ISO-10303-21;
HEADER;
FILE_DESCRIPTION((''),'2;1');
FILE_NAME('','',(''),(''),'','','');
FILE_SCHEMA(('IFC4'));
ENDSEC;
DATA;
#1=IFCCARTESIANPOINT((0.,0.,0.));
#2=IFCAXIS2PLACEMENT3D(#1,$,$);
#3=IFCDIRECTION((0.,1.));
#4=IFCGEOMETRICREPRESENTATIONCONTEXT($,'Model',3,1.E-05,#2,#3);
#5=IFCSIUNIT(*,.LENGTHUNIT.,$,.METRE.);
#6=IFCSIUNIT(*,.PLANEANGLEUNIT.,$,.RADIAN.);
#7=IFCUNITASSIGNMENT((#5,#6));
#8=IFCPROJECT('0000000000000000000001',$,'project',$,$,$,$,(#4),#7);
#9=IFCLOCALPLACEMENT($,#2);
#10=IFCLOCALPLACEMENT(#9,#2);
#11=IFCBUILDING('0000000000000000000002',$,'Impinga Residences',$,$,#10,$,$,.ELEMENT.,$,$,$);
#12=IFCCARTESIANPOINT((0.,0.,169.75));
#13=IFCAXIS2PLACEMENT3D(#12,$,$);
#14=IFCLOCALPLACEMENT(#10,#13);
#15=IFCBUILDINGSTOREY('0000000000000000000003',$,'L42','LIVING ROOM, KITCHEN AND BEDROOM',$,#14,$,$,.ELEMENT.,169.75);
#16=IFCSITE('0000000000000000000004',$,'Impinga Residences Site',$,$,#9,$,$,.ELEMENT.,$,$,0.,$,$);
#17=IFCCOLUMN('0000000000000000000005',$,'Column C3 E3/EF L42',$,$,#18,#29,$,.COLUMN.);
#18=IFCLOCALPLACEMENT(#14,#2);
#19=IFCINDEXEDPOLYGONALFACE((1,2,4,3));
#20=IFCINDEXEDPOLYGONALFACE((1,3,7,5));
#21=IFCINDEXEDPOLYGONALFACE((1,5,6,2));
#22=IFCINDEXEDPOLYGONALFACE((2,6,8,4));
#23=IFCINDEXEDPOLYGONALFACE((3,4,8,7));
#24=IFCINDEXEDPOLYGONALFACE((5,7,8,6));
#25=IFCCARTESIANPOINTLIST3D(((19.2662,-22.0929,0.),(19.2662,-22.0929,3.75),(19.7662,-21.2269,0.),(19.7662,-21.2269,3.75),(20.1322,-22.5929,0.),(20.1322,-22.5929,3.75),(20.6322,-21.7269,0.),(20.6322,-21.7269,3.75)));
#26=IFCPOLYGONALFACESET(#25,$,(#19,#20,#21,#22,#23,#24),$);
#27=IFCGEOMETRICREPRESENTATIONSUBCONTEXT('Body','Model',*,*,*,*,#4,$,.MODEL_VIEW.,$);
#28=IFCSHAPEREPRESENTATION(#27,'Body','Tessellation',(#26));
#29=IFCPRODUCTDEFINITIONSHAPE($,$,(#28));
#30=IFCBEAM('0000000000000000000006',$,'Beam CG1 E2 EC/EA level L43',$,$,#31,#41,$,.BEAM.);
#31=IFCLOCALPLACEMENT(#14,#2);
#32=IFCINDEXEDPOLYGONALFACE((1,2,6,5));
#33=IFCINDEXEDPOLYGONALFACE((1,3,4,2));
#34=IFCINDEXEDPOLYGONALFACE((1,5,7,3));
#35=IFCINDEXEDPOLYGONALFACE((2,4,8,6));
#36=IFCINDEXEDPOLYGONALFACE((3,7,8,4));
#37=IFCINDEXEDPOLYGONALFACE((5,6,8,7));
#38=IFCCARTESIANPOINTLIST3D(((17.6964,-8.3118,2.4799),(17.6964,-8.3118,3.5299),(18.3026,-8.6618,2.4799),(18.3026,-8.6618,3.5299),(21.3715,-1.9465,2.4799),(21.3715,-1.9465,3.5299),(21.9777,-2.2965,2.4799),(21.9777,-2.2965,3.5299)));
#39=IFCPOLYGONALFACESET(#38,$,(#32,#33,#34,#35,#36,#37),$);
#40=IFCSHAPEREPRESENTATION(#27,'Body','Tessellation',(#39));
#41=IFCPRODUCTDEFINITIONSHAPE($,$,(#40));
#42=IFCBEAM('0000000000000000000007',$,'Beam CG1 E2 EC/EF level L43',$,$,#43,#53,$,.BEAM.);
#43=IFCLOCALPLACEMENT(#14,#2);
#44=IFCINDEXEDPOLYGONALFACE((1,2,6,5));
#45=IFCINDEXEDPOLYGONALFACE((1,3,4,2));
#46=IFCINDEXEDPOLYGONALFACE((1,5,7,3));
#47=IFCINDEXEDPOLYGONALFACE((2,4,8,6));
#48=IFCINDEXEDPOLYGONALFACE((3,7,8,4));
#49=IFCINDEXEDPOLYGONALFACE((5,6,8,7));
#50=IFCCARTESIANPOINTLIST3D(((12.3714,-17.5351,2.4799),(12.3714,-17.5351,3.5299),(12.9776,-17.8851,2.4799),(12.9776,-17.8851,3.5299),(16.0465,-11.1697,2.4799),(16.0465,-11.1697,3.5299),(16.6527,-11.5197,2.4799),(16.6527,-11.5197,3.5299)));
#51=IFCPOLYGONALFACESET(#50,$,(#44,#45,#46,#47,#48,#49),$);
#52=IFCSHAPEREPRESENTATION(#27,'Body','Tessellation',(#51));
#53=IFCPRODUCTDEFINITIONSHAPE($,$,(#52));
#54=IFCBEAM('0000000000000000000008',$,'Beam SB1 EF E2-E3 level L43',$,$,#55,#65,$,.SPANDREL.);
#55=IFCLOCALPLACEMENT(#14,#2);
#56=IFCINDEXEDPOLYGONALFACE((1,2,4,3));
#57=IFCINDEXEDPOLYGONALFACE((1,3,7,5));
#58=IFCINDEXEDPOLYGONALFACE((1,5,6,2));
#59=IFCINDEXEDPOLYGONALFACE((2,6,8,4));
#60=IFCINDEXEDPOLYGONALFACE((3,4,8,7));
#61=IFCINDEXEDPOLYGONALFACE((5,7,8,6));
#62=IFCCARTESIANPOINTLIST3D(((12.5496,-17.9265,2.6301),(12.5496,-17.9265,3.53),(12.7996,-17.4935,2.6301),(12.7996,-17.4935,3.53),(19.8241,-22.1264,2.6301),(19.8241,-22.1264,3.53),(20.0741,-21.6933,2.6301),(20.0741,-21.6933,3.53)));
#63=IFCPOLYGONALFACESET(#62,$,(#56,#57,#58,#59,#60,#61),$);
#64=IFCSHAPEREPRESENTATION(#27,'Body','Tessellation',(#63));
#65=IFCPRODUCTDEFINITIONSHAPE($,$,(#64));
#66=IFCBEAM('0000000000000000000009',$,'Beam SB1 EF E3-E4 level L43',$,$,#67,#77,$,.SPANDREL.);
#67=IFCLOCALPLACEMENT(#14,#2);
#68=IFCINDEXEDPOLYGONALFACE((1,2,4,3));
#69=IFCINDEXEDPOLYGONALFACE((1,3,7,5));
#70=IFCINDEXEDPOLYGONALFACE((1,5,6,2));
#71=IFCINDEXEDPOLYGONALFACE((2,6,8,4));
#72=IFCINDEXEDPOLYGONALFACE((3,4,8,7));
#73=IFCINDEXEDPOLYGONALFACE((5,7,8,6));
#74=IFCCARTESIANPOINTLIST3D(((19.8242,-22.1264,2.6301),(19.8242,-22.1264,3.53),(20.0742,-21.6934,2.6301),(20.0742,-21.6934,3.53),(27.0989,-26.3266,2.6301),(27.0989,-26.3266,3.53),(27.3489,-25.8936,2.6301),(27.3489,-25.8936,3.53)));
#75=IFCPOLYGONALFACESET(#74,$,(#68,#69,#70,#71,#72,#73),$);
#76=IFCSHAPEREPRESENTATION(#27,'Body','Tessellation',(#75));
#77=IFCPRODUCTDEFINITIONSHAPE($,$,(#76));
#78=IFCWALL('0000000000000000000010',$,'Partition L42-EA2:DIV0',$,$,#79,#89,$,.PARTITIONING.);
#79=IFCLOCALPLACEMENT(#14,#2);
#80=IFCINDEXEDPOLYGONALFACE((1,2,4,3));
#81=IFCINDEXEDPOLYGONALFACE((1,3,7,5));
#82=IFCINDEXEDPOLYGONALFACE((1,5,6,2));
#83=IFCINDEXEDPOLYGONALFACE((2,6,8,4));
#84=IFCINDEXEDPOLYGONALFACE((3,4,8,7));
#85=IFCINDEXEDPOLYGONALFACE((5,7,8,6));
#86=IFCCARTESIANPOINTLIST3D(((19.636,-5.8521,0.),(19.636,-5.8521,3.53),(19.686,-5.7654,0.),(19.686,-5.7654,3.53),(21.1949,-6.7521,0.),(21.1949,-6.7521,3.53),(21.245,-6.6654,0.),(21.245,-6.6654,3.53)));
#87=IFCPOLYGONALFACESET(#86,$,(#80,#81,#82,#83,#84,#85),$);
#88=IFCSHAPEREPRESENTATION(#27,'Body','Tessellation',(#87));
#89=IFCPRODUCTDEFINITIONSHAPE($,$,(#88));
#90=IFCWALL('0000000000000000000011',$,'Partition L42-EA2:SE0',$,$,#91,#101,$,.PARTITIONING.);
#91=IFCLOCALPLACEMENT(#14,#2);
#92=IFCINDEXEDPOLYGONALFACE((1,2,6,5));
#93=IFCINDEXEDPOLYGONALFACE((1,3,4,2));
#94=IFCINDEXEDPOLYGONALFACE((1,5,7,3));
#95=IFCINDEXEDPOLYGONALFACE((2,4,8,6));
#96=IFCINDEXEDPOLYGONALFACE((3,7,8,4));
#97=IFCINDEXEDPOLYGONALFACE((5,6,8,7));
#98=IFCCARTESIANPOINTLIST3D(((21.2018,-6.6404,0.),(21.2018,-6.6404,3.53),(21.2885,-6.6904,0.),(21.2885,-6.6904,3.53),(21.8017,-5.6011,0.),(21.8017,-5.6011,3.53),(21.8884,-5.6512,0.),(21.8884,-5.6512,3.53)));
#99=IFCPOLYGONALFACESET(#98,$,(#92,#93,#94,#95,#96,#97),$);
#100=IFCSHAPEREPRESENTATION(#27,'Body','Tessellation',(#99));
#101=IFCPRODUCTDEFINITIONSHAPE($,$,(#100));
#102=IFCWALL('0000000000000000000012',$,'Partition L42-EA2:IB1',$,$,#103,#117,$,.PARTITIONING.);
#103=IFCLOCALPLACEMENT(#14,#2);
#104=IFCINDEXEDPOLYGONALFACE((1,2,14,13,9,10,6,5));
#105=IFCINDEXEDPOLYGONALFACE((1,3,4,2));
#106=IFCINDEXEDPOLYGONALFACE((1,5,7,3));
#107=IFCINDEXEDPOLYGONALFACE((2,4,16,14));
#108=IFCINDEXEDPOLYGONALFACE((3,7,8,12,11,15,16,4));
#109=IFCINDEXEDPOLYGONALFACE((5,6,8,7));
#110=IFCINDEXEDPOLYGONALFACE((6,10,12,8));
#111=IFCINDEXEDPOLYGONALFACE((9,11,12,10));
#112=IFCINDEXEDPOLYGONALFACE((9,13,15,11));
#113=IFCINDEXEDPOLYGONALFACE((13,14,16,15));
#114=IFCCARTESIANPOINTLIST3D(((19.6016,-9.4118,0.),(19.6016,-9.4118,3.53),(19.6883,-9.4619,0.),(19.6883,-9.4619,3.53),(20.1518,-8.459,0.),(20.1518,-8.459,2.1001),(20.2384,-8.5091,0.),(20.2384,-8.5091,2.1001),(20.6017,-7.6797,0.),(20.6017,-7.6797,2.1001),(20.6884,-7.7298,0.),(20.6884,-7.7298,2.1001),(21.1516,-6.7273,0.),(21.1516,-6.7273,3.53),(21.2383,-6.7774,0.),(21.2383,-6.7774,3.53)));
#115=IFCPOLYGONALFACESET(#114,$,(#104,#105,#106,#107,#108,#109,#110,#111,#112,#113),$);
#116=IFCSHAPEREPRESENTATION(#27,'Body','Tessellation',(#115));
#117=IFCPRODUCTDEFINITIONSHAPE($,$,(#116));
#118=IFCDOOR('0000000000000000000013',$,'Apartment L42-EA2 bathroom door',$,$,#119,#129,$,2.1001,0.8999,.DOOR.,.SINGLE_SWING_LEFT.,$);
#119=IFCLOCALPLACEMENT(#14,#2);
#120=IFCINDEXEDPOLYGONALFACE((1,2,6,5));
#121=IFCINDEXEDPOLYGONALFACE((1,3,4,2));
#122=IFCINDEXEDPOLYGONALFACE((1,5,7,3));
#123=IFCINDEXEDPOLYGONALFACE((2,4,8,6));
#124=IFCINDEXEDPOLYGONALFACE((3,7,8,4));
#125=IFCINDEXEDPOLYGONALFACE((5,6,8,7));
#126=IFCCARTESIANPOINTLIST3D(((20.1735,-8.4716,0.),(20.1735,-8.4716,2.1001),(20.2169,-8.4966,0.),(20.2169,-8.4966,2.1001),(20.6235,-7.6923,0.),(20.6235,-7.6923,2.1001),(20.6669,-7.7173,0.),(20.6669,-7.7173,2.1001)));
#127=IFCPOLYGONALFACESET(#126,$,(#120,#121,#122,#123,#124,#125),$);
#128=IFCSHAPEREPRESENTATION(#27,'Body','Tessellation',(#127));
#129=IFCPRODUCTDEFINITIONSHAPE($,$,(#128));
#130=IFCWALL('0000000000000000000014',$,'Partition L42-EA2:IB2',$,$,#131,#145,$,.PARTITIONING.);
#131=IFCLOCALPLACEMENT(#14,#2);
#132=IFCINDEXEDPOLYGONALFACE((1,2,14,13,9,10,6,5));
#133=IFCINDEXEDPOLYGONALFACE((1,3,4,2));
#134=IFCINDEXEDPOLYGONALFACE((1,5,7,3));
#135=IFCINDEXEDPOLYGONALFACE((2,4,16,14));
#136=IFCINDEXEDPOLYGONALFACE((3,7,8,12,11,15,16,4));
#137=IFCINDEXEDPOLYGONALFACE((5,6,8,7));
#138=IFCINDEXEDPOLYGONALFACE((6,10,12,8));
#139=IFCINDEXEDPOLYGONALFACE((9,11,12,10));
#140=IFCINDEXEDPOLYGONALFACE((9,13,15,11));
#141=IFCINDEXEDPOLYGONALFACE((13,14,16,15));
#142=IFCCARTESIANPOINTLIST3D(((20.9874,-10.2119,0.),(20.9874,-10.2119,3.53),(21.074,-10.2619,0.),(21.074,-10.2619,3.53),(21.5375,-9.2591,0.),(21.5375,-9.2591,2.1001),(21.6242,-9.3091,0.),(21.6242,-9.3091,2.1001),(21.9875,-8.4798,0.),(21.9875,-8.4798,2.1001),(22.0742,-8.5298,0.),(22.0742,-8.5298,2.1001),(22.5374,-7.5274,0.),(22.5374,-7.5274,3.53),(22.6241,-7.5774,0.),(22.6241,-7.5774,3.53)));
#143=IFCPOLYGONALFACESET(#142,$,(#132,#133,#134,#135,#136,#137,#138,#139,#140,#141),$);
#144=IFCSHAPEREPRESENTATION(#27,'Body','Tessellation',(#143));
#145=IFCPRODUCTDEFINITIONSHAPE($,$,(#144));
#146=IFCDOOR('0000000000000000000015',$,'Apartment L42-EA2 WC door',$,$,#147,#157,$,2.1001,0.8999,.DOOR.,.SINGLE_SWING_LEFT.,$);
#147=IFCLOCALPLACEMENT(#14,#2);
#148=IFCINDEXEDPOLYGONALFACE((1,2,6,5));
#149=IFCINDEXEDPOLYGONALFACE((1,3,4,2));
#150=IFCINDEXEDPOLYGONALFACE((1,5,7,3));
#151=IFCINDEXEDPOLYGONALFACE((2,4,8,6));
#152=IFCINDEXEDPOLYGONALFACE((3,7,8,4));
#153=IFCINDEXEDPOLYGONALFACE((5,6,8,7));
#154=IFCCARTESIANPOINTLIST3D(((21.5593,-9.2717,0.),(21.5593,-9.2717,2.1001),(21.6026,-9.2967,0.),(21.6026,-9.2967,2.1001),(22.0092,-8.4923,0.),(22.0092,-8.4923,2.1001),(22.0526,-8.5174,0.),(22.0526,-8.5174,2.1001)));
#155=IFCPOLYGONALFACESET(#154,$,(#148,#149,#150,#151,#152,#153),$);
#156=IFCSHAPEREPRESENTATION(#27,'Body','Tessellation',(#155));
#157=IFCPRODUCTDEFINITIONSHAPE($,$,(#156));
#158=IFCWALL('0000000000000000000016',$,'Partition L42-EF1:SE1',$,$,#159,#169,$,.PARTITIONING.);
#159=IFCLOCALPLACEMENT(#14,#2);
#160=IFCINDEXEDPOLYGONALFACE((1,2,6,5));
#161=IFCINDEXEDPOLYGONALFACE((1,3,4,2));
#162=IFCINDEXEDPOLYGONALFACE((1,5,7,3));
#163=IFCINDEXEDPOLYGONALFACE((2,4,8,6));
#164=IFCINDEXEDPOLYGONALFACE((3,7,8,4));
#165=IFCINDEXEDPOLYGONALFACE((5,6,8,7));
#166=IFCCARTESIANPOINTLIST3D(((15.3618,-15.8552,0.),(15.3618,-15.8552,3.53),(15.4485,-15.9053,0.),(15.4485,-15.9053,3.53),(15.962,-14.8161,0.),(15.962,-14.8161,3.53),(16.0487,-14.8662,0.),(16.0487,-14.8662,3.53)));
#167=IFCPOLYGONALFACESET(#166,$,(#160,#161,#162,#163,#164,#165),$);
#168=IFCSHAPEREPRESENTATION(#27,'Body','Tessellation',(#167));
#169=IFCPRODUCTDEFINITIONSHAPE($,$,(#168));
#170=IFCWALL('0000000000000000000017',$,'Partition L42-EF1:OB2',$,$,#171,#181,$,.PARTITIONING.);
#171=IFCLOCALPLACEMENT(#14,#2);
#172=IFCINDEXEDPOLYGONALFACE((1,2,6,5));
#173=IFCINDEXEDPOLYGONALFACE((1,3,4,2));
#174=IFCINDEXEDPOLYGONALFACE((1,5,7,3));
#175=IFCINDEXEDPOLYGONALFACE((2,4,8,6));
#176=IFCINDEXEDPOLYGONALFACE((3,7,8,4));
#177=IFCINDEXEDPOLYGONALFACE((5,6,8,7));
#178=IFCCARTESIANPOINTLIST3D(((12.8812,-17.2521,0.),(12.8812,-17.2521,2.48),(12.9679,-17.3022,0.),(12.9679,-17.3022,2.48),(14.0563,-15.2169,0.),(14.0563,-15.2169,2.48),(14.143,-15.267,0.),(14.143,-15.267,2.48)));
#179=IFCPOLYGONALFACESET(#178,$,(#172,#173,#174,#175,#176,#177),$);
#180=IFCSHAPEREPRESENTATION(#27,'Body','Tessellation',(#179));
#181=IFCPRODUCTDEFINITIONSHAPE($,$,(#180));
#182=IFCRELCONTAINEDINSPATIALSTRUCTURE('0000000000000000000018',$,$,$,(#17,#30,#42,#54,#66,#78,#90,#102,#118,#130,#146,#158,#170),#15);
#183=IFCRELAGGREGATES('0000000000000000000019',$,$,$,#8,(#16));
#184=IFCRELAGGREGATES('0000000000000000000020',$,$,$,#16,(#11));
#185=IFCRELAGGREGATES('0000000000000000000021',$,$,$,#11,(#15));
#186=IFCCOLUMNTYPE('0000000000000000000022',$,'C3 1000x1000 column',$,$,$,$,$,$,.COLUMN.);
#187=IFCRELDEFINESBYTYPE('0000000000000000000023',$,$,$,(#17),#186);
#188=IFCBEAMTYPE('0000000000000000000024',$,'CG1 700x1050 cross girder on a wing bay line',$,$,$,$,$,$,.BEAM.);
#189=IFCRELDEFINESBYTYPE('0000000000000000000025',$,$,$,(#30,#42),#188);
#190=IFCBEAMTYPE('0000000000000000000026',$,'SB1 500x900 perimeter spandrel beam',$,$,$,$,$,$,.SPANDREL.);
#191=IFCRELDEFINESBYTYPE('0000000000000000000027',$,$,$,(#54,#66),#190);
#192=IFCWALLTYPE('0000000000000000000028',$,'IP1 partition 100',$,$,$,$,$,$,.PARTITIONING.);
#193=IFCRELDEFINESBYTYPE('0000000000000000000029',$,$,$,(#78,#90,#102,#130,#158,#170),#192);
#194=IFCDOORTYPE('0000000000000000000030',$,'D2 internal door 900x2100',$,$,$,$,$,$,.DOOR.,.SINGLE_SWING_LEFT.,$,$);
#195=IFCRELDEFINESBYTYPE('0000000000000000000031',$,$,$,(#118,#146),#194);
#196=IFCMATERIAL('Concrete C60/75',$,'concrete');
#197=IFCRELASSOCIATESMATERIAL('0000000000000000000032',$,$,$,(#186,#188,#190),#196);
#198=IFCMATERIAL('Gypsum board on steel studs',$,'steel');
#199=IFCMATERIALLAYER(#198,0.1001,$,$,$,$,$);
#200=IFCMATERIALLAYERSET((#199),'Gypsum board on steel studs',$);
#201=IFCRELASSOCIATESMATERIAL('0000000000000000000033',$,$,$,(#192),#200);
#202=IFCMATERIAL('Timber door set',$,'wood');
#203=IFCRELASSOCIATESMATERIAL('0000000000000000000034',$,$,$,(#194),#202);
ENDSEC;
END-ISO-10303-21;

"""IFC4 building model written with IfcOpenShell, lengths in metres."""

from ifc_helpers import new_model, si_unit, direction, frame, frame_2d, origin, origin_2d, place, context, subcontext, project, spatial, rectangle, extrude, material, layer, layer_set, material_profile, profile_set, type_object, element, fill, save


model = new_model("IFC4")

# Units and contexts
model_context = context("Model", 3, precision=1e-05, world=origin(), true_north=direction((0.0, 1.0)))
body_context = subcontext(model_context, "Body", "Model", "MODEL_VIEW")
ifc_project = project(units=[si_unit("LENGTHUNIT", "METRE"), si_unit("PLANEANGLEUNIT", "RADIAN")], contexts=[model_context])

# Site, building, storey
site_placement = place(None, origin())
site = spatial("IfcSite", under=ifc_project, at=site_placement, Name="Impinga Residences Site", CompositionType="ELEMENT", RefElevation=0.0)
building_placement = place(site_placement, origin())
building = spatial("IfcBuilding", under=site, at=building_placement, Name="Impinga Residences", CompositionType="ELEMENT")
storey_placement = place(building_placement, frame((0.0, 0.0, 169.75)))
storey = spatial("IfcBuildingStorey", under=building, at=storey_placement, Name="L42", Description="LIVING ROOM, KITCHEN AND BEDROOM", CompositionType="ELEMENT", Elevation=169.75)

# Column
ifc_material_1 = material(Name="Concrete C60/75", Category="concrete")
ifc_material_profile_1 = material_profile(ifc_material_1, rectangle(XDim=1.0, YDim=1.0, at=origin_2d()), Name="RC 1000x1000")
ifc_profile_set_1 = profile_set([ifc_material_profile_1], Name="Concrete C60/75")
column_type = type_object("IfcColumnType", Name="C3 1000x1000 column", PredefinedType="COLUMN", material=ifc_profile_set_1)
column_placement = place(storey_placement, frame((19.9492, -21.9099, 0.0), z_axis=(0.0, 0.0, 1.0), x_axis=(-0.5, -0.866025, 0.0)))
element("IfcColumn", 1, at=column_placement, inside=storey, type_object=column_type, Name="Column C3 E3/EF L42", PredefinedType="COLUMN", context=body_context, shape_type="SweptSolid", body=[
    extrude(rectangle(XDim=1.0, YDim=1.0, at=origin_2d()), origin(), (0.0, 0.0, 1.0), 3.75),
])

# Beams
ifc_material_profile_2 = material_profile(ifc_material_1, rectangle(XDim=0.7, YDim=1.05, at=origin_2d()), Name="RC 700x1050")
ifc_profile_set_2 = profile_set([ifc_material_profile_2], Name="Concrete C60/75")
beam_type_1 = type_object("IfcBeamType", Name="CG1 700x1050 cross girder on a wing bay line", PredefinedType="BEAM", material=ifc_profile_set_2)
for number, where, z_axis, x_axis, name in (
    (2, (17.9995, -8.4868, 3.0049), (0.500008, 0.866021, 0.0), (-0.866021, 0.500008, 0.0), "Beam CG1 E2 EC/EA level L43"),
    (3, (16.3496, -11.3447, 3.0049), (-0.500008, -0.866021, 0.0), (0.866021, -0.500008, 0.0), "Beam CG1 E2 EC/EF level L43"),
):
    element("IfcBeam", number, at=place(storey_placement, frame(where, z_axis=z_axis, x_axis=x_axis)), inside=storey, type_object=beam_type_1, Name=name, PredefinedType="BEAM", context=body_context, shape_type="SweptSolid", body=[
        extrude(rectangle(XDim=0.7, YDim=1.05, at=origin_2d()), origin(), (0.0, 0.0, 1.0), 7.3501),
    ])
ifc_material_profile_3 = material_profile(ifc_material_1, rectangle(XDim=0.5, YDim=0.8999, at=origin_2d()), Name="RC 500x900")
ifc_profile_set_3 = profile_set([ifc_material_profile_3], Name="Concrete C60/75")
beam_type_2 = type_object("IfcBeamType", Name="SB1 500x900 perimeter spandrel beam", PredefinedType="SPANDREL", material=ifc_profile_set_3)
beam_1_placement = place(storey_placement, frame((12.6746, -17.71, 3.0801), z_axis=(0.866029, -0.499993, 0.0), x_axis=(0.499993, 0.866029, 0.0)))
element("IfcBeam", 4, at=beam_1_placement, inside=storey, type_object=beam_type_2, Name="Beam SB1 EF E2-E3 level L43", PredefinedType="SPANDREL", context=body_context, shape_type="SweptSolid", body=[
    extrude(rectangle(XDim=0.5, YDim=0.8999, at=origin_2d()), origin(), (0.0, 0.0, 1.0), 8.3999),
])
beam_2_placement = place(storey_placement, frame((19.9492, -21.9099, 3.0801), z_axis=(0.866017, -0.500015, 0.0), x_axis=(0.500015, 0.866017, 0.0)))
element("IfcBeam", 5, at=beam_2_placement, inside=storey, type_object=beam_type_2, Name="Beam SB1 EF E3-E4 level L43", PredefinedType="SPANDREL", context=body_context, shape_type="SweptSolid", body=[
    extrude(rectangle(XDim=0.5, YDim=0.8999, at=origin_2d()), origin(), (0.0, 0.0, 1.0), 8.4001),
])

# Walls
ifc_material_2 = material(Name="Gypsum board on steel studs", Category="steel")
ifc_layer_1 = layer(ifc_material_2, 0.1001)
ifc_layer_set_1 = layer_set([ifc_layer_1], Name="Gypsum board on steel studs")
wall_type_1 = type_object("IfcWallType", Name="IP1 partition 100", PredefinedType="PARTITIONING", material=ifc_layer_set_1)
wall_1_placement = place(storey_placement, frame((19.6611, -5.8088, 0.0), z_axis=(0.0, 0.0, 1.0), x_axis=(0.866048, -0.499961, 0.0)))
element("IfcWall", 6, at=wall_1_placement, inside=storey, type_object=wall_type_1, Name="Partition L42-EA2:DIV0", PredefinedType="PARTITIONING", context=body_context, shape_type="SweptSolid", body=[
    extrude(rectangle(XDim=1.8, YDim=0.1001, at=frame_2d((0.8999, 0.0))), origin(), (0.0, 0.0, 1.0), 3.53),
])
wall_2_placement = place(storey_placement, frame((21.2451, -6.6655, 0.0), z_axis=(0.0, 0.0, 1.0), x_axis=(0.499881, 0.866094, 0.0)))
element("IfcWall", 7, at=wall_2_placement, inside=storey, type_object=wall_type_1, Name="Partition L42-EA2:SE0", PredefinedType="PARTITIONING", context=body_context, shape_type="SweptSolid", body=[
    extrude(rectangle(XDim=1.2, YDim=0.1001, at=frame_2d((0.6001, 0.0))), origin(), (0.0, 0.0, 1.0), 3.53),
])

# Walls, openings, doors
wall_3_placement = place(storey_placement, frame((19.645, -9.4368, 0.0), z_axis=(0.0, 0.0, 1.0), x_axis=(0.500027, 0.86601, 0.0)))
wall_3 = element("IfcWall", 8, at=wall_3_placement, inside=storey, type_object=wall_type_1, Name="Partition L42-EA2:IB1", PredefinedType="PARTITIONING", context=body_context, shape_type="SweptSolid", body=[
    extrude(rectangle(XDim=3.0999, YDim=0.1001, at=frame_2d((1.5498, 0.0))), origin(), (0.0, 0.0, 1.0), 3.53),
])
opening_1_placement = place(wall_3_placement, frame((1.1001, 0.0, 0.0)))
opening_1 = element("IfcOpeningElement", 9, at=opening_1_placement, cuts=wall_3, PredefinedType="OPENING", context=body_context, shape_type="SweptSolid", body=[
    extrude(rectangle(XDim=0.8999, YDim=2.1001, at=frame_2d((0.45, 1.05))), frame((0.0, 0.0601, 0.0), z_axis=(0.0, -1.0, 0.0), x_axis=(1.0, 0.0, 0.0)), (0.0, 0.0, 1.0), 0.1201),
])
ifc_material_3 = material(Name="Timber door set", Category="wood")
door_type = type_object("IfcDoorType", Name="D2 internal door 900x2100", OperationType="SINGLE_SWING_LEFT", PredefinedType="DOOR", material=ifc_material_3)
door_1_placement = place(opening_1_placement, origin())
door_1 = element("IfcDoor", 10, at=door_1_placement, inside=storey, type_object=door_type, Name="Apartment L42-EA2 bathroom door", OperationType="SINGLE_SWING_LEFT", OverallHeight=2.1001, OverallWidth=0.8999, PredefinedType="DOOR", context=body_context, shape_type="SweptSolid", body=[
    extrude(rectangle(XDim=0.8999, YDim=2.1001, at=frame_2d((0.45, 1.05))), frame((0.0, 0.0249, 0.0), z_axis=(0.0, -1.0, 0.0), x_axis=(1.0, 0.0, 0.0)), (0.0, 0.0, 1.0), 0.05),
])
fill(opening_1, door_1)
wall_4_placement = place(storey_placement, frame((21.0308, -10.2368, 0.0), z_axis=(0.0, 0.0, 1.0), x_axis=(0.500027, 0.86601, 0.0)))
wall_4 = element("IfcWall", 11, at=wall_4_placement, inside=storey, type_object=wall_type_1, Name="Partition L42-EA2:IB2", PredefinedType="PARTITIONING", context=body_context, shape_type="SweptSolid", body=[
    extrude(rectangle(XDim=3.0999, YDim=0.1001, at=frame_2d((1.5498, 0.0))), origin(), (0.0, 0.0, 1.0), 3.53),
])
opening_2_placement = place(wall_4_placement, frame((1.1001, 0.0, 0.0)))
opening_2 = element("IfcOpeningElement", 12, at=opening_2_placement, cuts=wall_4, PredefinedType="OPENING", context=body_context, shape_type="SweptSolid", body=[
    extrude(rectangle(XDim=0.8999, YDim=2.1001, at=frame_2d((0.45, 1.05))), frame((0.0, 0.0601, 0.0), z_axis=(0.0, -1.0, 0.0), x_axis=(1.0, 0.0, 0.0)), (0.0, 0.0, 1.0), 0.1201),
])
door_2_placement = place(opening_2_placement, origin())
door_2 = element("IfcDoor", 13, at=door_2_placement, inside=storey, type_object=door_type, Name="Apartment L42-EA2 WC door", OperationType="SINGLE_SWING_LEFT", OverallHeight=2.1001, OverallWidth=0.8999, PredefinedType="DOOR", context=body_context, shape_type="SweptSolid", body=[
    extrude(rectangle(XDim=0.8999, YDim=2.1001, at=frame_2d((0.45, 1.05))), frame((0.0, 0.0249, 0.0), z_axis=(0.0, -1.0, 0.0), x_axis=(1.0, 0.0, 0.0)), (0.0, 0.0, 1.0), 0.05),
])
fill(opening_2, door_2)

# Walls
wall_5_placement = place(storey_placement, frame((16.0054, -14.8411, 0.0), z_axis=(0.0, 0.0, 1.0), x_axis=(-0.500122, -0.865955, 0.0)))
element("IfcWall", 14, at=wall_5_placement, inside=storey, type_object=wall_type_1, Name="Partition L42-EF1:SE1", PredefinedType="PARTITIONING", context=body_context, shape_type="SweptSolid", body=[
    extrude(rectangle(XDim=1.2, YDim=0.1001, at=frame_2d((0.6001, 0.0))), origin(), (0.0, 0.0, 1.0), 3.53),
])
wall_6_placement = place(storey_placement, frame((14.0996, -15.2419, 0.0), z_axis=(0.0, 0.0, 1.0), x_axis=(-0.500016, -0.866016, 0.0)))
element("IfcWall", 15, at=wall_6_placement, inside=storey, type_object=wall_type_1, Name="Partition L42-EF1:OB2", PredefinedType="PARTITIONING", context=body_context, shape_type="SweptSolid", body=[
    extrude(rectangle(XDim=2.3501, YDim=0.1001, at=frame_2d((1.175, 0.0))), origin(), (0.0, 0.0, 1.0), 2.48),
])

save(model, "model.ifc")
